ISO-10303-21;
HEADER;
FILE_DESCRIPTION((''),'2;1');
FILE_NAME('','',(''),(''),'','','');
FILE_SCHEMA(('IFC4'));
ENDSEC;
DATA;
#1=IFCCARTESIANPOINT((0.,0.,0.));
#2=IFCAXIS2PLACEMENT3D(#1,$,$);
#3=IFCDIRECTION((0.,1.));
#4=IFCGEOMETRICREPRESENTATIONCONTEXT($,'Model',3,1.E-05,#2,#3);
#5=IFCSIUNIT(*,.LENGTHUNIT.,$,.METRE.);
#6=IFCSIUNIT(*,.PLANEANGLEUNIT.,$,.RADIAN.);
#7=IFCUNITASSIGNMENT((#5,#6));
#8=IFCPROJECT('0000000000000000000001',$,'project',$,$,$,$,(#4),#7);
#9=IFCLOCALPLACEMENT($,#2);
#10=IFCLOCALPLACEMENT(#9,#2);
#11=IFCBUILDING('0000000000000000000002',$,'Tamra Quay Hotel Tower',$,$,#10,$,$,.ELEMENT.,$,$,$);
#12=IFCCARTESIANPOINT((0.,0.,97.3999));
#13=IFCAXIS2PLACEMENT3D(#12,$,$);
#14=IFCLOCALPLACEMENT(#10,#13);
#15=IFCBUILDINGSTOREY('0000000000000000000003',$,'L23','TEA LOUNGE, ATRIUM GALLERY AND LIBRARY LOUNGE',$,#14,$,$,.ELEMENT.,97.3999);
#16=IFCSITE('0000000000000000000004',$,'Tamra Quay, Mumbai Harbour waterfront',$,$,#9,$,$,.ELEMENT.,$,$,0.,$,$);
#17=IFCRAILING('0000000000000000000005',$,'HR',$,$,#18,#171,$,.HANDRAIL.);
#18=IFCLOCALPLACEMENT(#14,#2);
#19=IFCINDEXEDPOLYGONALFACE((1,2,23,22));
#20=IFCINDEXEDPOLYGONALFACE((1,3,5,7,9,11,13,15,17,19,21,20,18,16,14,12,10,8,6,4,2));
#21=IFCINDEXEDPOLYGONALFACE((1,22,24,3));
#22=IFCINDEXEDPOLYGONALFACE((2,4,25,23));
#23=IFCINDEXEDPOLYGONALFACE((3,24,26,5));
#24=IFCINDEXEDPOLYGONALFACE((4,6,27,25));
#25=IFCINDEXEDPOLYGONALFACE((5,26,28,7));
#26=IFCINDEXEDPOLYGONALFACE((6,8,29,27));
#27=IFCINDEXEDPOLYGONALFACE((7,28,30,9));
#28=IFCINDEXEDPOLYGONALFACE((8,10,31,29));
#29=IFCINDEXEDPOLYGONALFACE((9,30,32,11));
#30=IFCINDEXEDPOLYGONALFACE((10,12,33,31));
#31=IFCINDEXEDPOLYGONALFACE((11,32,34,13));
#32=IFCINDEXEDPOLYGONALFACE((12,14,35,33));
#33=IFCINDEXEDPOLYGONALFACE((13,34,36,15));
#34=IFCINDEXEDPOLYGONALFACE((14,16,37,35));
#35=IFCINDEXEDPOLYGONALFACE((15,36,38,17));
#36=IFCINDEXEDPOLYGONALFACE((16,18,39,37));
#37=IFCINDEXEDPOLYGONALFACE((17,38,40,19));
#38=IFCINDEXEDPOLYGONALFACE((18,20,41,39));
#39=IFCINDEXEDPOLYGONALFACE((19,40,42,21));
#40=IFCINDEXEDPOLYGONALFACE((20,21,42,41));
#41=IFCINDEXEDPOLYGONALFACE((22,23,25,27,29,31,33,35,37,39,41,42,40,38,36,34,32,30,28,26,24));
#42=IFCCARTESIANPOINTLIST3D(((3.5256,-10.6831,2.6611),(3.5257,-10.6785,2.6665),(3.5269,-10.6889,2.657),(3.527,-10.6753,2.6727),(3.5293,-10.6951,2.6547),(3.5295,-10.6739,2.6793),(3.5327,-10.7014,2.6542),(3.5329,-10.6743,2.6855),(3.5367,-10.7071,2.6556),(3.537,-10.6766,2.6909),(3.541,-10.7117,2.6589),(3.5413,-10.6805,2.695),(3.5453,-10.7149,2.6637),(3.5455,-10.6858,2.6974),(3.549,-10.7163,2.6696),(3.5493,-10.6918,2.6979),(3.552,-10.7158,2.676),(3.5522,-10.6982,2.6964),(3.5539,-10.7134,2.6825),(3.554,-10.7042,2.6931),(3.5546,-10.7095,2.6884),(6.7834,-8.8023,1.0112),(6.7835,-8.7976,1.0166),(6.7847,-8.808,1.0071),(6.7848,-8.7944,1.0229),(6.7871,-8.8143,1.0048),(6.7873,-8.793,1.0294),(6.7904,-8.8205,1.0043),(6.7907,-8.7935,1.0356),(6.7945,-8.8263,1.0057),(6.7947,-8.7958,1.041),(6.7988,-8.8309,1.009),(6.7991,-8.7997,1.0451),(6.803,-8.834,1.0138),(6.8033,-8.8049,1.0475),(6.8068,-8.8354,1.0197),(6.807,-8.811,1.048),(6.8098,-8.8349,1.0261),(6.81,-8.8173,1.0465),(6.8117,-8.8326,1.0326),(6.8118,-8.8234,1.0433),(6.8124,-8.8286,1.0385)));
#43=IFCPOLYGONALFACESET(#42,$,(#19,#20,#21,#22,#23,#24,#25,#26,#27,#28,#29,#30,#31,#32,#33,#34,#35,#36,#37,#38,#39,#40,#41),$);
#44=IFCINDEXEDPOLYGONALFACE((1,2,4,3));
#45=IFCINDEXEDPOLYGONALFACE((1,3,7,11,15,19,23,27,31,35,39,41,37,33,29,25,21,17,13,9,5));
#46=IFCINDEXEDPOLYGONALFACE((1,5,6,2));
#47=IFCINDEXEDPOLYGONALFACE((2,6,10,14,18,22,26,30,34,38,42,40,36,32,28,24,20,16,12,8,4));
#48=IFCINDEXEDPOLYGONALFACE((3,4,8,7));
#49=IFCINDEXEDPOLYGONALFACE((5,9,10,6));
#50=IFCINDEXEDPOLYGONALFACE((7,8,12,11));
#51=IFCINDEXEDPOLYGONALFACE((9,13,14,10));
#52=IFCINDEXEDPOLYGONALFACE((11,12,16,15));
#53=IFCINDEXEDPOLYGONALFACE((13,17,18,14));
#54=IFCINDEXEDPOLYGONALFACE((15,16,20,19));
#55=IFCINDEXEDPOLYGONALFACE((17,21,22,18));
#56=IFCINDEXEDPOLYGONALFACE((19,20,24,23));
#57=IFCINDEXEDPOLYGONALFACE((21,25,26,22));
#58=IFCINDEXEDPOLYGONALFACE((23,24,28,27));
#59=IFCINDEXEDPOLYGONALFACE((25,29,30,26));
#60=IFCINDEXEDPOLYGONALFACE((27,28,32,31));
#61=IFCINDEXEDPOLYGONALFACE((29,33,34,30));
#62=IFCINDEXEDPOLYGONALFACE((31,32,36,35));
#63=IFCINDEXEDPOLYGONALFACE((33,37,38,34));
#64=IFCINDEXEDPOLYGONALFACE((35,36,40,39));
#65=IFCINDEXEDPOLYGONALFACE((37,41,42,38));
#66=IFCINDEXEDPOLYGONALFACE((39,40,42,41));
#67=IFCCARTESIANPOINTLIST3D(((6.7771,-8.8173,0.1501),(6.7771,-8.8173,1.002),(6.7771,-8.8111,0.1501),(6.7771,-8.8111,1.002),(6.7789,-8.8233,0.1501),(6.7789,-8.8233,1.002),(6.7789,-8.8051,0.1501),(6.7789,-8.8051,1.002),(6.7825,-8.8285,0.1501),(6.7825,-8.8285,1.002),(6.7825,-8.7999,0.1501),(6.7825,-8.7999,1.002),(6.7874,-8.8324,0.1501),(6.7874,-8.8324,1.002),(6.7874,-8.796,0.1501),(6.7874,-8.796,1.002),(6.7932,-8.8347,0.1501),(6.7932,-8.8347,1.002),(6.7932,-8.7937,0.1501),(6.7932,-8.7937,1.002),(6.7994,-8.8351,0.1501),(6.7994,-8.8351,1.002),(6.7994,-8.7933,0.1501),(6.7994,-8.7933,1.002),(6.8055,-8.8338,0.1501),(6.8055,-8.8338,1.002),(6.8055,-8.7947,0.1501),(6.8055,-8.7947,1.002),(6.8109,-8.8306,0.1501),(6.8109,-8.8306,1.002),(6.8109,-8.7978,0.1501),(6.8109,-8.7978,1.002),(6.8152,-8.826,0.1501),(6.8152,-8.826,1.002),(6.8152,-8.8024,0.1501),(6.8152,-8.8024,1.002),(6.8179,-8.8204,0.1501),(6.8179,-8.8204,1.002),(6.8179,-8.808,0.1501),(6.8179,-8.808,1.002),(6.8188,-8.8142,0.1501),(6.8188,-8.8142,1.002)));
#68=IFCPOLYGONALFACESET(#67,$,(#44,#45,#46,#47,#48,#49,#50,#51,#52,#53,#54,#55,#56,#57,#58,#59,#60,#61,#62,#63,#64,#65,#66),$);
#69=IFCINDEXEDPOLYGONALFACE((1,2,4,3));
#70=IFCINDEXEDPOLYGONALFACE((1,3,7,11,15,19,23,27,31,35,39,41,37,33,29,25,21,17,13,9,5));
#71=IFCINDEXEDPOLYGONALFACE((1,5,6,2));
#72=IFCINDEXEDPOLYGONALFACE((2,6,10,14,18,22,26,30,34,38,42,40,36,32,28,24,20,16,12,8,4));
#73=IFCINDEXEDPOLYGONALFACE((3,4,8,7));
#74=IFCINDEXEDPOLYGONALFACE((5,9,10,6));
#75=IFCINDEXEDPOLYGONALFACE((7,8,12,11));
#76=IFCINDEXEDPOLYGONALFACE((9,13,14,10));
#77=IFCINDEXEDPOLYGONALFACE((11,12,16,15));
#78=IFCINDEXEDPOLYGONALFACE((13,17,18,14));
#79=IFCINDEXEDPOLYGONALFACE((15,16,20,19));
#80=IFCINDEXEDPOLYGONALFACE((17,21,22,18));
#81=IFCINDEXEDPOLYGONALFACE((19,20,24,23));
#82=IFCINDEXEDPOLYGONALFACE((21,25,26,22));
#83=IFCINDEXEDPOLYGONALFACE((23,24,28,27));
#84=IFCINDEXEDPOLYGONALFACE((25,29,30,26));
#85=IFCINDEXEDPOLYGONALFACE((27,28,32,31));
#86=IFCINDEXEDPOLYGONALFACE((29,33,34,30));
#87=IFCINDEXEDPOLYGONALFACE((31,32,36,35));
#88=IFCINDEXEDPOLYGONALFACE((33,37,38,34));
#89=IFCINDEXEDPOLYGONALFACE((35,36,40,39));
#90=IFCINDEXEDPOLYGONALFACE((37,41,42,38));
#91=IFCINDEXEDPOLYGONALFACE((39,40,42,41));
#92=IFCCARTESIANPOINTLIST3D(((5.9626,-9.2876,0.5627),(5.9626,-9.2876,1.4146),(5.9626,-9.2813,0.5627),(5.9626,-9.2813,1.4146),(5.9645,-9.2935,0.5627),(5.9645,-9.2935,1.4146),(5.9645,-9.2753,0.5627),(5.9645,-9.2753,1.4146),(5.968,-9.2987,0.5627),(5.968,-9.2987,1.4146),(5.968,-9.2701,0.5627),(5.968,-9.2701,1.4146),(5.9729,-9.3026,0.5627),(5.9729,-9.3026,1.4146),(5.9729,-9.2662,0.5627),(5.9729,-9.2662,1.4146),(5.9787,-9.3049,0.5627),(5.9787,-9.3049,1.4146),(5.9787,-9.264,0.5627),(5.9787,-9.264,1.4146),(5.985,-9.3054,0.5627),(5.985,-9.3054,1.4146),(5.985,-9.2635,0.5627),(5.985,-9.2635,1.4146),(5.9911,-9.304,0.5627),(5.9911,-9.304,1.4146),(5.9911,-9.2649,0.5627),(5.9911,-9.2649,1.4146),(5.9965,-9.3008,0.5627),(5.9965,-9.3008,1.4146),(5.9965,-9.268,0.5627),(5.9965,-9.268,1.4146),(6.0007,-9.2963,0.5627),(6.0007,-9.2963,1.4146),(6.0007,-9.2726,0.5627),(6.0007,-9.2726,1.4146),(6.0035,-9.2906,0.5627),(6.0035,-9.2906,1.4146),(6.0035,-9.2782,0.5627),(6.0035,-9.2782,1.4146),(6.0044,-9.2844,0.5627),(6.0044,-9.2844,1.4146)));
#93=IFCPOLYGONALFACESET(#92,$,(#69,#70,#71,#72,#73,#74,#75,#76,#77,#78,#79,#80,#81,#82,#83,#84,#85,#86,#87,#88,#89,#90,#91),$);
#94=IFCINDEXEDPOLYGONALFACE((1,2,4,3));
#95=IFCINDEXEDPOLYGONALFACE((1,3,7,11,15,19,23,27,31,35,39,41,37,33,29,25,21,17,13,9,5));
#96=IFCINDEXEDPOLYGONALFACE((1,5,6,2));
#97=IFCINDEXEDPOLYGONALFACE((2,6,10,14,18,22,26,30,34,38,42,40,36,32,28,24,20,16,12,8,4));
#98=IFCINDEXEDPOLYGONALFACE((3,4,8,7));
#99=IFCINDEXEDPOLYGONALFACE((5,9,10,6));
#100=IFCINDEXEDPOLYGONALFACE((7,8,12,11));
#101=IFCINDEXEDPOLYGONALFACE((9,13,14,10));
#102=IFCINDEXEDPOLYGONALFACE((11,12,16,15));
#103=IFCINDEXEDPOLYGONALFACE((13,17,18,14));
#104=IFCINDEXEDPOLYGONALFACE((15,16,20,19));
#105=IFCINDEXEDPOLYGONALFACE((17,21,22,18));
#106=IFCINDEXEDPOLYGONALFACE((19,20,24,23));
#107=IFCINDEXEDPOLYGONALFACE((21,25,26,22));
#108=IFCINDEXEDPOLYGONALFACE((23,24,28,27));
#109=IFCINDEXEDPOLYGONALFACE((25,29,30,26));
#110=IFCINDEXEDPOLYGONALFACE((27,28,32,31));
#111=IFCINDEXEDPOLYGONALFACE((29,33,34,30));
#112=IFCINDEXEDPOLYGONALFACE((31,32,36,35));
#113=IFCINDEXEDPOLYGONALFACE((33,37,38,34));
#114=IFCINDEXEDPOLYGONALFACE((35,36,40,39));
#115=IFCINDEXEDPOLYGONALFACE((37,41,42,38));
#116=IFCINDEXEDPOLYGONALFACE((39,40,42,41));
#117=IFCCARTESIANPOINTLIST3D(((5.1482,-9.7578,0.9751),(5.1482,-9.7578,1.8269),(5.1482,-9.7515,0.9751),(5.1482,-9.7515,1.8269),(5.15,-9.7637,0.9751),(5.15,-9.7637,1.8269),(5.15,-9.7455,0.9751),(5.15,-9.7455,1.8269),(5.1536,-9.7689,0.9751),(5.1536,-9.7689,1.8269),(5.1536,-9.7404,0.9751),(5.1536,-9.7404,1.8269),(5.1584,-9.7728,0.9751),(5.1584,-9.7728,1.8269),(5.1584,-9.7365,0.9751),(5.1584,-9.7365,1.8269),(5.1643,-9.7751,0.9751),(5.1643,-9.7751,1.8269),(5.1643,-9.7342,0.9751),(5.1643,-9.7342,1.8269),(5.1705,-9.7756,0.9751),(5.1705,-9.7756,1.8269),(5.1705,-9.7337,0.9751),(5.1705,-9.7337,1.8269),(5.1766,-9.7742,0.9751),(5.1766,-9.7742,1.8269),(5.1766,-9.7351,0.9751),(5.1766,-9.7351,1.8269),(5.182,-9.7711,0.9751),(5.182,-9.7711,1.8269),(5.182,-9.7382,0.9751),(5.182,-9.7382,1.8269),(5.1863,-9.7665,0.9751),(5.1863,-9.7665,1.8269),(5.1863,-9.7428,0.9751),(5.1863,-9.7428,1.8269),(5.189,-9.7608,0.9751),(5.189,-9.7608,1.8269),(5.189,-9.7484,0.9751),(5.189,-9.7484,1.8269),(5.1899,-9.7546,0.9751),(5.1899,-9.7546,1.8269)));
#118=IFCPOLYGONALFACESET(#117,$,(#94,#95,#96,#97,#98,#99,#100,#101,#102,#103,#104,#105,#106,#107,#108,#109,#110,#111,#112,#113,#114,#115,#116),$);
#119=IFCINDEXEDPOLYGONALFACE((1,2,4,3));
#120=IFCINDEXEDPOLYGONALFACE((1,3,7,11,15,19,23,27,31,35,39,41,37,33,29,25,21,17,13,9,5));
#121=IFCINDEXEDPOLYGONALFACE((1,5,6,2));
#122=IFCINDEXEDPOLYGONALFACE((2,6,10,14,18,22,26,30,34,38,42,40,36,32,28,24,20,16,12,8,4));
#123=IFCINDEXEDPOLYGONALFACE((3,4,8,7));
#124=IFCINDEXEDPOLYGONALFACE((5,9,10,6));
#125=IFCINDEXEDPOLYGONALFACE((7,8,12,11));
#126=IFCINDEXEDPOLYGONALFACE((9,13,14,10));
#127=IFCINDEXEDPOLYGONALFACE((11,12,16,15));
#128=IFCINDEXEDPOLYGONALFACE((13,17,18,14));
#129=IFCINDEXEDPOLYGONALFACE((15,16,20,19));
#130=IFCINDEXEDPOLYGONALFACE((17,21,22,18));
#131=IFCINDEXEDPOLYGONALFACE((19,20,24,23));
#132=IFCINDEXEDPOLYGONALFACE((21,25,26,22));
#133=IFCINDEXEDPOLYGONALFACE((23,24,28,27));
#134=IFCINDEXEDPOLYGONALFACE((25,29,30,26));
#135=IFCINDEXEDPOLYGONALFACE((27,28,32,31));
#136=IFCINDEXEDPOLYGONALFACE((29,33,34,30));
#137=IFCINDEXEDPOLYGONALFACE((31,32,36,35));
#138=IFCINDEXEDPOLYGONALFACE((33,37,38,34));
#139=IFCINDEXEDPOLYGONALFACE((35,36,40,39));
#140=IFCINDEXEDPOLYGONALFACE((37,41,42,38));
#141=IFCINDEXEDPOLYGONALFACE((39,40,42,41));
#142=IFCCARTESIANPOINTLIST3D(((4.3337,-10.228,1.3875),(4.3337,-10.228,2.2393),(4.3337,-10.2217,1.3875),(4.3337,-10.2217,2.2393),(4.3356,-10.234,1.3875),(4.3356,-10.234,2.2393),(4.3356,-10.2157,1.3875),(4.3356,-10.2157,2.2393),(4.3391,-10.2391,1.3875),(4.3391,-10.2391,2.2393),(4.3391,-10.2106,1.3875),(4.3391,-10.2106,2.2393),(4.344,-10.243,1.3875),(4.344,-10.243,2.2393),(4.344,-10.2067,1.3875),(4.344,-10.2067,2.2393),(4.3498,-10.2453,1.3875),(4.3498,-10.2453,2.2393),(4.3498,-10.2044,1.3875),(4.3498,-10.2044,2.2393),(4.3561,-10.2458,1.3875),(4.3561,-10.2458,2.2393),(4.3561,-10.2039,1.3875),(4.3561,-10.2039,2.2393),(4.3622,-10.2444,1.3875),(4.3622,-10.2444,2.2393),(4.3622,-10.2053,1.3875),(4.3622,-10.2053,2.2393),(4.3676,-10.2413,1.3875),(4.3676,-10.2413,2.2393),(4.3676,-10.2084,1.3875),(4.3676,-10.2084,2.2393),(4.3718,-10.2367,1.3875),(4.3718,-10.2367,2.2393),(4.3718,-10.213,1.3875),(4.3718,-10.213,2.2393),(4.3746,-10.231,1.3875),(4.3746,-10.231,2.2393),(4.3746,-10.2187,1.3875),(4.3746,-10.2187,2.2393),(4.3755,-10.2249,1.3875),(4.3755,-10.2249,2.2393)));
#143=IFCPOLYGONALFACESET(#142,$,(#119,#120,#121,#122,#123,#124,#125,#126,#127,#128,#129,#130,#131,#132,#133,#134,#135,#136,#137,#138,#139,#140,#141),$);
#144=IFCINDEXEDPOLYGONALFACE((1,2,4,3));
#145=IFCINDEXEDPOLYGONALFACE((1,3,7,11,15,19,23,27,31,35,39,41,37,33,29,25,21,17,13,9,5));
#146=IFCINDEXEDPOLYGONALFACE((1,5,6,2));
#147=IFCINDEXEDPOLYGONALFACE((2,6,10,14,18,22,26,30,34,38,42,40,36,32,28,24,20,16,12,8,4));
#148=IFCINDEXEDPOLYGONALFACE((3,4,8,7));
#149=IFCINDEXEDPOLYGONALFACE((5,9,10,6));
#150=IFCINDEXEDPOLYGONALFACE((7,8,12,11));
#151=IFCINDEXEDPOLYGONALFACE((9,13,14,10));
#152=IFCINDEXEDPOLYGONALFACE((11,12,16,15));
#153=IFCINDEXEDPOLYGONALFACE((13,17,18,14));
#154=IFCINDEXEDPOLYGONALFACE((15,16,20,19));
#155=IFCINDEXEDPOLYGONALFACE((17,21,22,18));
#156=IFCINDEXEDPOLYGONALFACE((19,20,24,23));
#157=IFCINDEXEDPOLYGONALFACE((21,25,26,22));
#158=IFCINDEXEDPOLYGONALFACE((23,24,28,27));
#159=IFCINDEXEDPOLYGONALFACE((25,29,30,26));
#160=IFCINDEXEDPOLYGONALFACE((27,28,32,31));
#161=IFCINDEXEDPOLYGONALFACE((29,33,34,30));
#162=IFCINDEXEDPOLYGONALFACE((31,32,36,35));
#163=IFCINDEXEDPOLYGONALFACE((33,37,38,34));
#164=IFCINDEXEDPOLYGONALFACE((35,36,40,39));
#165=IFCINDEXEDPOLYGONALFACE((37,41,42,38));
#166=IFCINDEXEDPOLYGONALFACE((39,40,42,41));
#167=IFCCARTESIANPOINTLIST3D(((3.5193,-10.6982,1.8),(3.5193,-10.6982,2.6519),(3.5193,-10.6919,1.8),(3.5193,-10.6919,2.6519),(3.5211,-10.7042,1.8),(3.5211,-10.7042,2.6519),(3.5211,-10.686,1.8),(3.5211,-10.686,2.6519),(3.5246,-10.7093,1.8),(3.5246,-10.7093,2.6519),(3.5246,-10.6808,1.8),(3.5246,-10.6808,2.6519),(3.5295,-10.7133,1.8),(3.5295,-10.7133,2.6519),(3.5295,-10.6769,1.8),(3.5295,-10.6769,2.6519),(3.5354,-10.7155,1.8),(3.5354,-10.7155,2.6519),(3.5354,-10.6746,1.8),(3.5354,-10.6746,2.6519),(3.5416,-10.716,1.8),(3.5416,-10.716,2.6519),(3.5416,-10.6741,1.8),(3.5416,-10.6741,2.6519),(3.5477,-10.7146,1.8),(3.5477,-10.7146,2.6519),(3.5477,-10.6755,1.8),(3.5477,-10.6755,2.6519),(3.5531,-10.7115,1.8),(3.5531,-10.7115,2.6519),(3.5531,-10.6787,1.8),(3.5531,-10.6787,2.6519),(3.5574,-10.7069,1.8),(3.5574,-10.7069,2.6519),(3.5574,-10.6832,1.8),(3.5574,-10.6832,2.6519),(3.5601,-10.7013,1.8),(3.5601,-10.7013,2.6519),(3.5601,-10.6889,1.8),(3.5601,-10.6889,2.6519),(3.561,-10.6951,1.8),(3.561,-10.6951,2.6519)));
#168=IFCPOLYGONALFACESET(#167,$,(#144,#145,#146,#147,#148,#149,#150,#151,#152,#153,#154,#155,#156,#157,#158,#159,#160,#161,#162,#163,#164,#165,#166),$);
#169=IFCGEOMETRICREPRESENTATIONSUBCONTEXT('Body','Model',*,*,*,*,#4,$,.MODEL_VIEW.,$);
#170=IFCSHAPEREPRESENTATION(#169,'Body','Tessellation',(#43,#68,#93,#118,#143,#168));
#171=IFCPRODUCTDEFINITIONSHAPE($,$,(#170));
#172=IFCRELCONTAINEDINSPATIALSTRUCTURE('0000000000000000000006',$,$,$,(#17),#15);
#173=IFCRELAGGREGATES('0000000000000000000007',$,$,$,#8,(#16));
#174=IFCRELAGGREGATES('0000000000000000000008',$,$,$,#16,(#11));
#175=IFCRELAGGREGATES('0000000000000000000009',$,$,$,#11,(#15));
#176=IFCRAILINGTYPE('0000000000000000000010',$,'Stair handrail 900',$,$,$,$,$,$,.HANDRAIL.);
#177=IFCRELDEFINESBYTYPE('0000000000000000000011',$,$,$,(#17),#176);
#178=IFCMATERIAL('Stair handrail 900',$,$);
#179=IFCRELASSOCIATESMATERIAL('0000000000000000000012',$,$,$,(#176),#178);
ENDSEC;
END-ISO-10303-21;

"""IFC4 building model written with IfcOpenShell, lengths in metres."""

from ifc_helpers import new_model, si_unit, direction, frame, origin, origin_2d, place, context, subcontext, project, spatial, circle, extrude, material, type_object, element, save


model = new_model("IFC4")

# Units and contexts
model_context = context("Model", 3, precision=1e-05, world=origin(), true_north=direction((0.0, 1.0)))
body_context = subcontext(model_context, "Body", "Model", "MODEL_VIEW")
ifc_project = project(units=[si_unit("LENGTHUNIT", "METRE"), si_unit("PLANEANGLEUNIT", "RADIAN")], contexts=[model_context])

# Site, building, storey
site_placement = place(None, origin())
site = spatial("IfcSite", under=ifc_project, at=site_placement, Name="Tamra Quay, Mumbai Harbour waterfront", CompositionType="ELEMENT", RefElevation=0.0)
building_placement = place(site_placement, origin())
building = spatial("IfcBuilding", under=site, at=building_placement, Name="Tamra Quay Hotel Tower", CompositionType="ELEMENT")
storey_placement = place(building_placement, frame((0.0, 0.0, 97.3999)))
storey = spatial("IfcBuildingStorey", under=building, at=storey_placement, Name="L23", Description="TEA LOUNGE, ATRIUM GALLERY AND LIBRARY LOUNGE", CompositionType="ELEMENT", Elevation=97.3999)

# Railing
ifc_material_1 = material(Name="Stair handrail 900")
railing_type_1 = type_object("IfcRailingType", Name="Stair handrail 900", PredefinedType="HANDRAIL", material=ifc_material_1)
railing_1_placement = place(storey_placement, frame((6.7979, -8.8142, 0.1501)))
element("IfcRailing", 1, at=railing_1_placement, inside=storey, type_object=railing_type_1, Name="HR", PredefinedType="HANDRAIL", context=body_context, shape_type="SweptSolid", body=[
    extrude(circle(Radius=0.0239, at=origin_2d()), frame((0.0, 0.0, 0.876), z_axis=(-0.7931, -0.457887, 0.401661), x_axis=(0.499992, -0.86603, 0.0)), (0.0, 0.0, 1.0), 4.1077),
    extrude(circle(Radius=0.021, at=origin_2d()), origin(), (0.0, 0.0, 1.0), 0.8518),
    extrude(circle(Radius=0.021, at=origin_2d()), frame((-0.8145, -0.4702, 0.4126)), (0.0, 0.0, 1.0), 0.8518),
    extrude(circle(Radius=0.021, at=origin_2d()), frame((-1.6289, -0.9404, 0.825)), (0.0, 0.0, 1.0), 0.8518),
    extrude(circle(Radius=0.021, at=origin_2d()), frame((-2.4434, -1.4106, 1.2373)), (0.0, 0.0, 1.0), 0.8518),
    extrude(circle(Radius=0.021, at=origin_2d()), frame((-3.2578, -1.8809, 1.6499)), (0.0, 0.0, 1.0), 0.8518),
])

save(model, "model.ifc")
